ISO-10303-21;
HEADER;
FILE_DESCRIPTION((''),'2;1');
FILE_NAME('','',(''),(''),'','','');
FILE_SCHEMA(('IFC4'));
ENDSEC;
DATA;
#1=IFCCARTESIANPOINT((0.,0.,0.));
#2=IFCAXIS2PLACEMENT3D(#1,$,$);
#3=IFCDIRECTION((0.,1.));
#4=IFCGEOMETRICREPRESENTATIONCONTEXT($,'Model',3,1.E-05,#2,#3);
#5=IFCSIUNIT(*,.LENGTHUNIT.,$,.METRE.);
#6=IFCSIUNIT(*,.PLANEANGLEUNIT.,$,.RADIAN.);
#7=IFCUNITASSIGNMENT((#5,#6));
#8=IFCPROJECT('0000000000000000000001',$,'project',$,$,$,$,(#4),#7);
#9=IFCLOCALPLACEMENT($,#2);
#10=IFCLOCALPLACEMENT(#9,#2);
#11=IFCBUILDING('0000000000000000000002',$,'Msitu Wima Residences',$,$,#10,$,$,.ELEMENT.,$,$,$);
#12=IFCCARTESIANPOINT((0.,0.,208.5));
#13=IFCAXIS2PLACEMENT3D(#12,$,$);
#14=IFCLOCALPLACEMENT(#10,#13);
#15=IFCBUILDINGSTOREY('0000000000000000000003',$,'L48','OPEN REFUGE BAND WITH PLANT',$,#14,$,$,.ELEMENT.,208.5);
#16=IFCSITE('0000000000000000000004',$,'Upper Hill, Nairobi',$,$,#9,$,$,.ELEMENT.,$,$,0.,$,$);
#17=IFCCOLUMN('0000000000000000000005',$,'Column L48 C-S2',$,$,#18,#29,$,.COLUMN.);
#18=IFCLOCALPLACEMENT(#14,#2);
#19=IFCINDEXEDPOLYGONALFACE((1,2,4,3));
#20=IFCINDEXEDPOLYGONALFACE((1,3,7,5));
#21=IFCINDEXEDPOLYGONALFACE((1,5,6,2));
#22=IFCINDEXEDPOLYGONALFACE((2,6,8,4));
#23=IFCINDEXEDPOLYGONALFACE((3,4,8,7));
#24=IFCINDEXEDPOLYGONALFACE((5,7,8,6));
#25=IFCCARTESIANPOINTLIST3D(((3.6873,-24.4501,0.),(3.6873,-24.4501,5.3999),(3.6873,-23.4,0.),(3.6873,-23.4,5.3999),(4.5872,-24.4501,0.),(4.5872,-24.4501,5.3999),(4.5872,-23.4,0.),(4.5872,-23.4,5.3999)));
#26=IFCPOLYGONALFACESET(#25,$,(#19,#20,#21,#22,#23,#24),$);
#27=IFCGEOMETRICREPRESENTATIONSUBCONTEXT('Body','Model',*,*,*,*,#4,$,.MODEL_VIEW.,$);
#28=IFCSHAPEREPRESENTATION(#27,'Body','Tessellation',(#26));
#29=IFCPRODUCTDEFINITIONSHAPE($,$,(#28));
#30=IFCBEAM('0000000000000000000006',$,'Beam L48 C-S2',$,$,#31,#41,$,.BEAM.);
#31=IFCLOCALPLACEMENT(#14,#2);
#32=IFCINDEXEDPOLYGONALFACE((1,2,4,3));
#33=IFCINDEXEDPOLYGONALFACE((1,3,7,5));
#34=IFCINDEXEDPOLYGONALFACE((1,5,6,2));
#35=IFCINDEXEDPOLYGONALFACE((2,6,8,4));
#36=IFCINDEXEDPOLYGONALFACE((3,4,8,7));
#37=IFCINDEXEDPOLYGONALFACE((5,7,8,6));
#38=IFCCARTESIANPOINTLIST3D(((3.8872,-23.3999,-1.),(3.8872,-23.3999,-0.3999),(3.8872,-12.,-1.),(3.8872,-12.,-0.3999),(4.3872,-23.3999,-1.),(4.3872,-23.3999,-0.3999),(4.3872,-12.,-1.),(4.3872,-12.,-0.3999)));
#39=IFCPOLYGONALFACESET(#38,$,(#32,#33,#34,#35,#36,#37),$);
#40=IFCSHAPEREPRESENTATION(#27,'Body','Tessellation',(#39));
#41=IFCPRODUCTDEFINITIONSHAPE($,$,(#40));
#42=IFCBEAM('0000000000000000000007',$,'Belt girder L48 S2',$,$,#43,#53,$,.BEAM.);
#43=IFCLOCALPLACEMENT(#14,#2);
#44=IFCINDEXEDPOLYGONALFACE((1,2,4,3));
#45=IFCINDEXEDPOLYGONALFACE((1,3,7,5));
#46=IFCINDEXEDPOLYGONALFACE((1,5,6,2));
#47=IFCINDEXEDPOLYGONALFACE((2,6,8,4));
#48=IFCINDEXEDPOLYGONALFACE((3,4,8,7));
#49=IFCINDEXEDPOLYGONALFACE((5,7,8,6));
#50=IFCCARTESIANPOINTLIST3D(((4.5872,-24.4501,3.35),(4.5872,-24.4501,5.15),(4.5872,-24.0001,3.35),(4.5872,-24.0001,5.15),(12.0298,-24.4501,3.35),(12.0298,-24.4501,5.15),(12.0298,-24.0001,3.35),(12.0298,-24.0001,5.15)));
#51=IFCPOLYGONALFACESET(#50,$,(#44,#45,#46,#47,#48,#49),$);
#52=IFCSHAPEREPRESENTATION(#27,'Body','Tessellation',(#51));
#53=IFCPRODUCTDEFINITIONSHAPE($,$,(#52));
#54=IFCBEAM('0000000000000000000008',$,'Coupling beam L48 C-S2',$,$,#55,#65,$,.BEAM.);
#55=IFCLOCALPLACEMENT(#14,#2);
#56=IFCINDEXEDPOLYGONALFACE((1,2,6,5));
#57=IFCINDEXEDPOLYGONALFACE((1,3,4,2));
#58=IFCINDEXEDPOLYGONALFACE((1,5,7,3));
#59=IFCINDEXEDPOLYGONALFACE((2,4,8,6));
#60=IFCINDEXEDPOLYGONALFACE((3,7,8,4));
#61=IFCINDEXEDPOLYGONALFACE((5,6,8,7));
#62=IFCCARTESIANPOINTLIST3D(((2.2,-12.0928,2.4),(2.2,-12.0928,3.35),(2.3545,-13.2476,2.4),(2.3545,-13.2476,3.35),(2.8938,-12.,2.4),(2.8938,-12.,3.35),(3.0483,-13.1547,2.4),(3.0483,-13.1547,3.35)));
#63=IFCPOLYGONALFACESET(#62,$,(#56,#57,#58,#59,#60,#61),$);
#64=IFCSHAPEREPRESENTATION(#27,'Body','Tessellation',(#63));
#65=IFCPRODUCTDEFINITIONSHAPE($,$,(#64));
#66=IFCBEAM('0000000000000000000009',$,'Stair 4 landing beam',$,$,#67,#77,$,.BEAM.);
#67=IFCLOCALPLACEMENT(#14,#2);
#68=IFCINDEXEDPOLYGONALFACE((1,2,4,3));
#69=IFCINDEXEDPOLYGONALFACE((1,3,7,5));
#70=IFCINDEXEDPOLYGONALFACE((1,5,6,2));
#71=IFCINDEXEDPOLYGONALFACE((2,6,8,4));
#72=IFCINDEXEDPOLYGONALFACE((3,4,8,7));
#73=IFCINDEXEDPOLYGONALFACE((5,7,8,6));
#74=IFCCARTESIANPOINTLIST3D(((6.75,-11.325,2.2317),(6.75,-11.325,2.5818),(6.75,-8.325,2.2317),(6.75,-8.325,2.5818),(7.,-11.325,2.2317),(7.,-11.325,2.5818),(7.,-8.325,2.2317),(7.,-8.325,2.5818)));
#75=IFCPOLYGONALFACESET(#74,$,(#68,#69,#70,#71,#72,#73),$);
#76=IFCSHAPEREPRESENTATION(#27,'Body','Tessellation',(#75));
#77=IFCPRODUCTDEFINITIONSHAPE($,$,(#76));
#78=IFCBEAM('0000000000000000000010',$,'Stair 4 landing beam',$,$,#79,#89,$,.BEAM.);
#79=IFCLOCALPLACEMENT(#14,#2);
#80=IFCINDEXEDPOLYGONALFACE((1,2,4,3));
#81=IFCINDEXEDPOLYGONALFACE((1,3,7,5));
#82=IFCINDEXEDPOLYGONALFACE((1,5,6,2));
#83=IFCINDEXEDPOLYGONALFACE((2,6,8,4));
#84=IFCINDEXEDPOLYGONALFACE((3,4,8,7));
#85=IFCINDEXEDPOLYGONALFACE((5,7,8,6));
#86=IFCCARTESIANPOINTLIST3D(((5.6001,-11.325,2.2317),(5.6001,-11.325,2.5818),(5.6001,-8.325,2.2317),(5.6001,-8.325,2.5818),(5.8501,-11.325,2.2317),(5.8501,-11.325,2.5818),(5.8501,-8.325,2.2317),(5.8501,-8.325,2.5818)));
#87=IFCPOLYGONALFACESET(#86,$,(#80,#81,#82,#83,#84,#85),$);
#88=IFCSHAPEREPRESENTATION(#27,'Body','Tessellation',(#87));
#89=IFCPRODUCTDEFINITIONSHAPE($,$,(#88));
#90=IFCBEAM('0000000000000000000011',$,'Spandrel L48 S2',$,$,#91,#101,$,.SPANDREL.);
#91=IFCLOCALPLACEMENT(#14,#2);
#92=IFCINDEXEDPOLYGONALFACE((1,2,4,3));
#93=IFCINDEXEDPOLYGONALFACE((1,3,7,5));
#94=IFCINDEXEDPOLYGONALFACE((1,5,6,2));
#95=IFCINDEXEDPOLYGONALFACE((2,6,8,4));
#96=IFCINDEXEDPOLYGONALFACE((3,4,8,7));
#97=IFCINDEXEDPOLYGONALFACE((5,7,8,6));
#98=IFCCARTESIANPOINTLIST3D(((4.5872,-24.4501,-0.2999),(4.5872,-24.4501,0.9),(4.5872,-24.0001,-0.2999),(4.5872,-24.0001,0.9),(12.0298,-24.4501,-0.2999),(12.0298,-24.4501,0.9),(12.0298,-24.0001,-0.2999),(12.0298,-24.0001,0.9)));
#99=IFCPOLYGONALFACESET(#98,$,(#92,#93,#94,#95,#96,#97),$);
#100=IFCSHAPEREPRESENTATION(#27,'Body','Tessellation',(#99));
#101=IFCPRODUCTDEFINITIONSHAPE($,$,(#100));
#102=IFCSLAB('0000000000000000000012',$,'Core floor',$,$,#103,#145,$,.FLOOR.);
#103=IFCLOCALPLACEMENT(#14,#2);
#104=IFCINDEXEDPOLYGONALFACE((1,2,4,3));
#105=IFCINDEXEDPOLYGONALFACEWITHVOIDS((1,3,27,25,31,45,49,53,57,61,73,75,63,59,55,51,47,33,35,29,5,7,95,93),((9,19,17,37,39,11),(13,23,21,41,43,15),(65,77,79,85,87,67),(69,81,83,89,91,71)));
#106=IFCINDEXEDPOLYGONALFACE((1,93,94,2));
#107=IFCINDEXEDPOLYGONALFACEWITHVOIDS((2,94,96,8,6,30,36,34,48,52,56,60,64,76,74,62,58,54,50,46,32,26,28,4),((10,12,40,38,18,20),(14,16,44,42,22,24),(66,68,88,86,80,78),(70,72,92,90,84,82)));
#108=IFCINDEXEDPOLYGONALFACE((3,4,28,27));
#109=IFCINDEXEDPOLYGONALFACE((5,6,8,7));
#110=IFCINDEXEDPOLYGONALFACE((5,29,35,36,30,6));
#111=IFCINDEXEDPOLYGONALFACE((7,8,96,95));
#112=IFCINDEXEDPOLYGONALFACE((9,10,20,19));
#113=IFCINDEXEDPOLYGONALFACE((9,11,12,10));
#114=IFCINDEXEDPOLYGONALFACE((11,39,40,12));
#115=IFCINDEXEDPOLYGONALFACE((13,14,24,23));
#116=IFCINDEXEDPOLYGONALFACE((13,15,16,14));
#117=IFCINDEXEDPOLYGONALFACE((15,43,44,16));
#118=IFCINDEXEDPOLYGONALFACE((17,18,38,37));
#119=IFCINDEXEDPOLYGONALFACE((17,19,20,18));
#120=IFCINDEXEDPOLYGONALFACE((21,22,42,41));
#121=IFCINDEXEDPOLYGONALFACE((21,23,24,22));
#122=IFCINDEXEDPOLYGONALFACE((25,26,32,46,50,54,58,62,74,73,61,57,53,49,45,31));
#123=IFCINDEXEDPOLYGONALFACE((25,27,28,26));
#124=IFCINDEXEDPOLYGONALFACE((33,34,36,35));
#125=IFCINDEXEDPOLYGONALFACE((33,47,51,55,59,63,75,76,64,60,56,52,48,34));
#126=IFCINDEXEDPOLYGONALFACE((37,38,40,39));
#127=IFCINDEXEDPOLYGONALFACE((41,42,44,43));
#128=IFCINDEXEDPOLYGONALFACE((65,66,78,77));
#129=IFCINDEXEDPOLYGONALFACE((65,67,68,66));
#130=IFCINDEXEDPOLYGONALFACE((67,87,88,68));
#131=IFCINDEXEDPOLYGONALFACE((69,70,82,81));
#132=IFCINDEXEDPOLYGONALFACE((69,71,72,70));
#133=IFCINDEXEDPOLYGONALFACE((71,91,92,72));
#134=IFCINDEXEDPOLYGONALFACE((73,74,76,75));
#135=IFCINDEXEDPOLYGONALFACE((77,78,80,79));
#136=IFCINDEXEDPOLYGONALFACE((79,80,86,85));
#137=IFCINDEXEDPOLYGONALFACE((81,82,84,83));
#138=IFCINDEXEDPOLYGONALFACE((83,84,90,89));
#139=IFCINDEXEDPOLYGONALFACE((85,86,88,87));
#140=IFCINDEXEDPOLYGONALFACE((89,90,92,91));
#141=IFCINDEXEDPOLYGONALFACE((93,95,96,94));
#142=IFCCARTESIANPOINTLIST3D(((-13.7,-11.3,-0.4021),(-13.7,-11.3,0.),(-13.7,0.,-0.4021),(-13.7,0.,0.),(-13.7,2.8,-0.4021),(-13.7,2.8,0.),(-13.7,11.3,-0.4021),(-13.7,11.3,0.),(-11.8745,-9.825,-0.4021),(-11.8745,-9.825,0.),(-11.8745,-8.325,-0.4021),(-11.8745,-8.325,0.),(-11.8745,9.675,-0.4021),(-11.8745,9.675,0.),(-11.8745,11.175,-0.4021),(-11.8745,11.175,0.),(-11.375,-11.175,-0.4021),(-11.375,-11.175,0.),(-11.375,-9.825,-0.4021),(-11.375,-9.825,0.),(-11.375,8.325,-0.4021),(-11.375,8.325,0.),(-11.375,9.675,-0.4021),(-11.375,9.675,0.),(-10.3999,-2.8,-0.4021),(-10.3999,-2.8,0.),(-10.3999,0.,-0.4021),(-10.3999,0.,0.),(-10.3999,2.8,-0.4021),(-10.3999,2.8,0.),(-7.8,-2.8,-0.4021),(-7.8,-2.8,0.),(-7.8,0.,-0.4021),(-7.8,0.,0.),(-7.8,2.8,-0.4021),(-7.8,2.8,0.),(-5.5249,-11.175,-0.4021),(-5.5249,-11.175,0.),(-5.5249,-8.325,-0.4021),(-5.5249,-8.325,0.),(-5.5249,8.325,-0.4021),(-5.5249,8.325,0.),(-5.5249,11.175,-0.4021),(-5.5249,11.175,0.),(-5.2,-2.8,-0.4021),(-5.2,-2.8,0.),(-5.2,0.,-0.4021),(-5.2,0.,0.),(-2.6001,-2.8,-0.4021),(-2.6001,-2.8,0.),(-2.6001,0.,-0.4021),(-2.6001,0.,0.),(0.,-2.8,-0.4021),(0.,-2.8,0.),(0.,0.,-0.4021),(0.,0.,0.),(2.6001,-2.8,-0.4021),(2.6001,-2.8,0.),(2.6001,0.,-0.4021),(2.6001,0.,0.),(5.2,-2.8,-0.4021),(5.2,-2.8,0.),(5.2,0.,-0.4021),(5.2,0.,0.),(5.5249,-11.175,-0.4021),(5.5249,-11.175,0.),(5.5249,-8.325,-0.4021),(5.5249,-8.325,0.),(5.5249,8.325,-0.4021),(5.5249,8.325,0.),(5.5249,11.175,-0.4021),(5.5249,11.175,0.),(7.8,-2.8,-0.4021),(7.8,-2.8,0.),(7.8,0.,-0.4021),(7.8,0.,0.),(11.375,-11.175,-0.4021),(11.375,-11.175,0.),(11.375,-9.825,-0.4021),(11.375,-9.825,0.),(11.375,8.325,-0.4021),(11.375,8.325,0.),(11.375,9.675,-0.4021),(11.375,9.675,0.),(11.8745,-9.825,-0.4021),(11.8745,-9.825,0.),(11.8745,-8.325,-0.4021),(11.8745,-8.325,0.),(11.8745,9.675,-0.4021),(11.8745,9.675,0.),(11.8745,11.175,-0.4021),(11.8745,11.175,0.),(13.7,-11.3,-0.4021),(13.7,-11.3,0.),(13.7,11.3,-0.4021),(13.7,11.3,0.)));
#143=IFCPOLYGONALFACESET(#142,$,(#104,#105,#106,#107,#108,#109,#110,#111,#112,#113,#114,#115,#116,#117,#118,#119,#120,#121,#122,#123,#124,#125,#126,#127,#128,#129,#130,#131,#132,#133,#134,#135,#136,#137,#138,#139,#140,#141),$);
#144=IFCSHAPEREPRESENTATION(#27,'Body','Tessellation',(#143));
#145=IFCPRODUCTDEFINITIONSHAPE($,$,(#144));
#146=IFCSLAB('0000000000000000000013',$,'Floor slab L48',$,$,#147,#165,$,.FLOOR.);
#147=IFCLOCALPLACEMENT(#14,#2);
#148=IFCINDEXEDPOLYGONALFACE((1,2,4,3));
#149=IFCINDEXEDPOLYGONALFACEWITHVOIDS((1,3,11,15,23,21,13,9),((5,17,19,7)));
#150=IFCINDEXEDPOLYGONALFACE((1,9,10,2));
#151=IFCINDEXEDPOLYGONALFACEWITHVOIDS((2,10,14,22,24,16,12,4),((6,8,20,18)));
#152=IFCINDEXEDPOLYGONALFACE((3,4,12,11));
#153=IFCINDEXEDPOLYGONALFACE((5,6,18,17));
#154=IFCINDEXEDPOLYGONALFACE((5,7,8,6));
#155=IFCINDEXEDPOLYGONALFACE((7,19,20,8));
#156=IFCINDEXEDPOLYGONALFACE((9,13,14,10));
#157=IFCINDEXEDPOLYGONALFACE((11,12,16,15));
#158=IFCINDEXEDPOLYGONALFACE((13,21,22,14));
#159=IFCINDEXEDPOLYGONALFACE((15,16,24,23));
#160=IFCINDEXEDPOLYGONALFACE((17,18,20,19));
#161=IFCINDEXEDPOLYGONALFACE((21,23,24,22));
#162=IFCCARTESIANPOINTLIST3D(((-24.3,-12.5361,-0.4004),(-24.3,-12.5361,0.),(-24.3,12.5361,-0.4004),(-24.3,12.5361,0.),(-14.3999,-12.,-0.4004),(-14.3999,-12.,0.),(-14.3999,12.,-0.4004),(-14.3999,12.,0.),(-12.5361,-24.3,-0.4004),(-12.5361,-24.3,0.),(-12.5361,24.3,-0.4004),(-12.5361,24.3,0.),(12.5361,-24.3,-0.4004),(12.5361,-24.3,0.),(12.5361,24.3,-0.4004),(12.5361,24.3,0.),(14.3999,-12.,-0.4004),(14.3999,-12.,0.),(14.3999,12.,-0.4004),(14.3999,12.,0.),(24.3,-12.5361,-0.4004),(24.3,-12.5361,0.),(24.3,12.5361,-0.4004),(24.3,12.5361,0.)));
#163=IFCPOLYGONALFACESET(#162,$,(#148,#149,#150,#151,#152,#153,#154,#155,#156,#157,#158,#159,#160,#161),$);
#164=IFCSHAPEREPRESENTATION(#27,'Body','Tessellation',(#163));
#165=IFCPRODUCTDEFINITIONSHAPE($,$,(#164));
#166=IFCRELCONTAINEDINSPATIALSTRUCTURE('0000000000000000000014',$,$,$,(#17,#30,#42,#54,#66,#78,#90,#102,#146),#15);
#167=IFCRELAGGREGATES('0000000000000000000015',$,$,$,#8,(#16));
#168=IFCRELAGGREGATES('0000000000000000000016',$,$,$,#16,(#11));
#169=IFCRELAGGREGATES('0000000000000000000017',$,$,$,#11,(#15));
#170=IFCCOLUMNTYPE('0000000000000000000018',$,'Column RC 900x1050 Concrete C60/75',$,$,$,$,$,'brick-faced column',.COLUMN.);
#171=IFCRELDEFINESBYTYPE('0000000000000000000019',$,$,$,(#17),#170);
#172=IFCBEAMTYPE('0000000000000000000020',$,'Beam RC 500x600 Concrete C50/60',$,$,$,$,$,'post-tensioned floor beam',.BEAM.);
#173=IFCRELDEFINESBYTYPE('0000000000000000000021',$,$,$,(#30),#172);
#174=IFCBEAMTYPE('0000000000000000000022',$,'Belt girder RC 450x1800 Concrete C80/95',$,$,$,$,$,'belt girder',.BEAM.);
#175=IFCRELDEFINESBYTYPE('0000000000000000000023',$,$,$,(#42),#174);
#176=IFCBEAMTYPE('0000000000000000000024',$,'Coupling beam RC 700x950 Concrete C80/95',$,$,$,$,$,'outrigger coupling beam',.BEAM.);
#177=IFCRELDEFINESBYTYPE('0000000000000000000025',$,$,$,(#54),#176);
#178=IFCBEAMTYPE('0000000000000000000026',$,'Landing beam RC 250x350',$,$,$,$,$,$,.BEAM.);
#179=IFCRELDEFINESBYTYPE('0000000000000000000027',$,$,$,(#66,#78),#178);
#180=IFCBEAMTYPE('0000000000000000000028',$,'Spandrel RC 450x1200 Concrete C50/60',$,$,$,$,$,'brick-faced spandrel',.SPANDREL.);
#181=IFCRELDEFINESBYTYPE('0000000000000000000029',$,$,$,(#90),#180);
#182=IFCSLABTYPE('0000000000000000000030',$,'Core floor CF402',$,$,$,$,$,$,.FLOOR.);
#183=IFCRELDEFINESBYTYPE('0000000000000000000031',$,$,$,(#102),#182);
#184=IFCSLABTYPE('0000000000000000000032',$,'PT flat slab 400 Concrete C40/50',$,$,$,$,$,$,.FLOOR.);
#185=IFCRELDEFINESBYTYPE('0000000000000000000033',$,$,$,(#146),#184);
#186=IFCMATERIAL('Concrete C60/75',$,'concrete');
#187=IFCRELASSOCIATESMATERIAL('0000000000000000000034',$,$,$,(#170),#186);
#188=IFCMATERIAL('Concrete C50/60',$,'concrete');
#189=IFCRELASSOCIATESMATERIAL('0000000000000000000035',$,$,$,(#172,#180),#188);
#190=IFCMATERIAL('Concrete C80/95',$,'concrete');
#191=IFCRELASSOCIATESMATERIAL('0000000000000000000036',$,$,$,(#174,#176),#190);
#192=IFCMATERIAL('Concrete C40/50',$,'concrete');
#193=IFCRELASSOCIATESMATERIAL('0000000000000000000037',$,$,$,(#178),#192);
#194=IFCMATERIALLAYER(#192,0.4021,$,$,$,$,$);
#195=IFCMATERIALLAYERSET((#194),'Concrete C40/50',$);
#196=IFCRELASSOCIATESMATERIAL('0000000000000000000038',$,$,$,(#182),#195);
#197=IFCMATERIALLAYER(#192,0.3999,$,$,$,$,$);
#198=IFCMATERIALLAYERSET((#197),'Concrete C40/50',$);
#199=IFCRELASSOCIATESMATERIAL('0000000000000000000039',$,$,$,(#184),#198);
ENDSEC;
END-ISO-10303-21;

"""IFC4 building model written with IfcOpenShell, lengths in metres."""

from ifc_helpers import new_model, si_unit, direction, frame, origin, origin_2d, place, context, subcontext, project, spatial, polyline, rectangle, outline, extrude, material, layer, layer_set, material_profile, profile_set, type_object, element, save


model = new_model("IFC4")

# Units and contexts
model_context = context("Model", 3, precision=1e-05, world=origin(), true_north=direction((0.0, 1.0)))
body_context = subcontext(model_context, "Body", "Model", "MODEL_VIEW")
ifc_project = project(units=[si_unit("LENGTHUNIT", "METRE"), si_unit("PLANEANGLEUNIT", "RADIAN")], contexts=[model_context])

# Site, building, storey
site_placement = place(None, origin())
site = spatial("IfcSite", under=ifc_project, at=site_placement, Name="Upper Hill, Nairobi", CompositionType="ELEMENT", RefElevation=0.0)
building_placement = place(site_placement, origin())
building = spatial("IfcBuilding", under=site, at=building_placement, Name="Msitu Wima Residences", CompositionType="ELEMENT")
storey_placement = place(building_placement, frame((0.0, 0.0, 208.5)))
storey = spatial("IfcBuildingStorey", under=building, at=storey_placement, Name="L48", Description="OPEN REFUGE BAND WITH PLANT", CompositionType="ELEMENT", Elevation=208.5)

# Column
ifc_material_1 = material(Name="Concrete C60/75", Category="concrete")
ifc_material_profile_1 = material_profile(ifc_material_1, rectangle(XDim=0.8999, YDim=1.05, at=origin_2d()), Name="RC 900x1050")
ifc_profile_set_1 = profile_set([ifc_material_profile_1], Name="Concrete C60/75")
column_type = type_object("IfcColumnType", Name="Column RC 900x1050 Concrete C60/75", ElementType="brick-faced column", PredefinedType="COLUMN", material=ifc_profile_set_1)
column_placement = place(storey_placement, frame((4.1372, -23.925, 0.0), z_axis=(0.0, 0.0, 1.0), x_axis=(1.0, 0.0, 0.0)))
element("IfcColumn", 1, at=column_placement, inside=storey, type_object=column_type, Name="Column L48 C-S2", PredefinedType="COLUMN", context=body_context, shape_type="SweptSolid", body=[
    extrude(rectangle(XDim=0.8999, YDim=1.05, at=origin_2d()), origin(), (0.0, 0.0, 1.0), 5.3999),
])

# Beams
ifc_material_2 = material(Name="Concrete C50/60", Category="concrete")
ifc_material_profile_2 = material_profile(ifc_material_2, rectangle(XDim=0.5, YDim=0.6001, at=origin_2d()), Name="RC 500x600")
ifc_profile_set_2 = profile_set([ifc_material_profile_2], Name="Concrete C50/60")
beam_type_1 = type_object("IfcBeamType", Name="Beam RC 500x600 Concrete C50/60", ElementType="post-tensioned floor beam", PredefinedType="BEAM", material=ifc_profile_set_2)
beam_1_placement = place(storey_placement, frame((4.1372, -23.3999, -0.7), z_axis=(0.0, 1.0, 0.0), x_axis=(-1.0, 0.0, 0.0)))
element("IfcBeam", 2, at=beam_1_placement, inside=storey, type_object=beam_type_1, Name="Beam L48 C-S2", PredefinedType="BEAM", context=body_context, shape_type="SweptSolid", body=[
    extrude(rectangle(XDim=0.5, YDim=0.6001, at=origin_2d()), origin(), (0.0, 0.0, 1.0), 11.3999),
])
ifc_material_3 = material(Name="Concrete C80/95", Category="concrete")
ifc_material_profile_3 = material_profile(ifc_material_3, rectangle(XDim=0.45, YDim=1.8, at=origin_2d()), Name="RC 450x1800")
ifc_profile_set_3 = profile_set([ifc_material_profile_3], Name="Concrete C80/95")
beam_type_2 = type_object("IfcBeamType", Name="Belt girder RC 450x1800 Concrete C80/95", ElementType="belt girder", PredefinedType="BEAM", material=ifc_profile_set_3)
beam_2_placement = place(storey_placement, frame((4.5872, -24.2251, 4.25), z_axis=(1.0, 0.0, 0.0), x_axis=(0.0, 1.0, 0.0)))
element("IfcBeam", 3, at=beam_2_placement, inside=storey, type_object=beam_type_2, Name="Belt girder L48 S2", PredefinedType="BEAM", context=body_context, shape_type="SweptSolid", body=[
    extrude(rectangle(XDim=0.45, YDim=1.8, at=origin_2d()), origin(), (0.0, 0.0, 1.0), 7.4426),
])
ifc_material_profile_4 = material_profile(ifc_material_3, rectangle(XDim=0.7, YDim=0.95, at=origin_2d()), Name="RC 700x950")
ifc_profile_set_4 = profile_set([ifc_material_profile_4], Name="Concrete C80/95")
beam_type_3 = type_object("IfcBeamType", Name="Coupling beam RC 700x950 Concrete C80/95", ElementType="outrigger coupling beam", PredefinedType="BEAM", material=ifc_profile_set_4)
beam_3_placement = place(storey_placement, frame((2.5469, -12.0464, 2.875), z_axis=(0.132644, -0.991164, 0.0), x_axis=(0.991164, 0.132644, 0.0)))
element("IfcBeam", 4, at=beam_3_placement, inside=storey, type_object=beam_type_3, Name="Coupling beam L48 C-S2", PredefinedType="BEAM", context=body_context, shape_type="SweptSolid", body=[
    extrude(rectangle(XDim=0.7, YDim=0.95, at=origin_2d()), origin(), (0.0, 0.0, 1.0), 1.165),
])
ifc_material_4 = material(Name="Concrete C40/50", Category="concrete")
ifc_material_profile_5 = material_profile(ifc_material_4, rectangle(XDim=0.25, YDim=0.3501, at=origin_2d()), Name="RC 250x350")
ifc_profile_set_5 = profile_set([ifc_material_profile_5], Name="Concrete C40/50")
beam_type_4 = type_object("IfcBeamType", Name="Landing beam RC 250x350", PredefinedType="BEAM", material=ifc_profile_set_5)
for number, where, z_axis, x_axis, name in (
    (5, (6.875, -11.325, 2.4067), (0.0, 1.0, 0.0), (-1.0, 0.0, 0.0), "Stair 4 landing beam"),
    (6, (5.7251, -11.325, 2.4067), (0.0, 1.0, 0.0), (-1.0, 0.0, 0.0), "Stair 4 landing beam"),
):
    element("IfcBeam", number, at=place(storey_placement, frame(where, z_axis=z_axis, x_axis=x_axis)), inside=storey, type_object=beam_type_4, Name=name, PredefinedType="BEAM", context=body_context, shape_type="SweptSolid", body=[
        extrude(rectangle(XDim=0.25, YDim=0.3501, at=origin_2d()), origin(), (0.0, 0.0, 1.0), 3.0),
    ])
ifc_material_profile_6 = material_profile(ifc_material_2, rectangle(XDim=0.45, YDim=1.2, at=origin_2d()), Name="RC 450x1200")
ifc_profile_set_6 = profile_set([ifc_material_profile_6], Name="Concrete C50/60")
beam_type_5 = type_object("IfcBeamType", Name="Spandrel RC 450x1200 Concrete C50/60", ElementType="brick-faced spandrel", PredefinedType="SPANDREL", material=ifc_profile_set_6)
beam_4_placement = place(storey_placement, frame((4.5872, -24.2251, 0.3), z_axis=(1.0, 0.0, 0.0), x_axis=(0.0, 1.0, 0.0)))
element("IfcBeam", 7, at=beam_4_placement, inside=storey, type_object=beam_type_5, Name="Spandrel L48 S2", PredefinedType="SPANDREL", context=body_context, shape_type="SweptSolid", body=[
    extrude(rectangle(XDim=0.45, YDim=1.2, at=origin_2d()), origin(), (0.0, 0.0, 1.0), 7.4426),
])

# Slabs
ifc_layer_1 = layer(ifc_material_4, 0.4021)
ifc_layer_set_1 = layer_set([ifc_layer_1], Name="Concrete C40/50")
slab_type_1 = type_object("IfcSlabType", Name="Core floor CF402", PredefinedType="FLOOR", material=ifc_layer_set_1)
slab_1_placement = place(storey_placement, frame((0.0, 0.0, -0.4021)))
element("IfcSlab", 8, at=slab_1_placement, inside=storey, type_object=slab_type_1, Name="Core floor", PredefinedType="FLOOR", context=body_context, shape_type="SweptSolid", body=[
    extrude(outline(polyline([(-13.7, 11.3), (-13.7, 2.8), (-10.3999, 2.8), (-7.8, 2.8), (-7.8, 0.0), (-5.2, 0.0), (-2.6001, 0.0), (0.0, 0.0), (2.6001, 0.0), (5.2, 0.0), (7.8, 0.0), (7.8, -2.8), (5.2, -2.8), (2.6001, -2.8), (0.0, -2.8), (-2.6001, -2.8), (-5.2, -2.8), (-7.8, -2.8), (-10.3999, -2.8), (-10.3999, 0.0), (-13.7, 0.0), (-13.7, -11.3), (13.7, -11.3), (13.7, 11.3), (-13.7, 11.3)]), holes=[polyline([(-11.375, -11.175), (-11.375, -9.825), (-11.8745, -9.825), (-11.8745, -8.325), (-5.5249, -8.325), (-5.5249, -11.175), (-11.375, -11.175)]), polyline([(-11.375, 8.325), (-11.375, 9.675), (-11.8745, 9.675), (-11.8745, 11.175), (-5.5249, 11.175), (-5.5249, 8.325), (-11.375, 8.325)]), polyline([(11.375, -9.825), (11.375, -11.175), (5.5249, -11.175), (5.5249, -8.325), (11.8745, -8.325), (11.8745, -9.825), (11.375, -9.825)]), polyline([(11.375, 9.675), (11.375, 8.325), (5.5249, 8.325), (5.5249, 11.175), (11.8745, 11.175), (11.8745, 9.675), (11.375, 9.675)])]), origin(), (0.0, 0.0, 1.0), 0.4021),
])
ifc_layer_2 = layer(ifc_material_4, 0.3999)
ifc_layer_set_2 = layer_set([ifc_layer_2], Name="Concrete C40/50")
slab_type_2 = type_object("IfcSlabType", Name="PT flat slab 400 Concrete C40/50", PredefinedType="FLOOR", material=ifc_layer_set_2)
slab_2_placement = place(storey_placement, frame((0.0, 0.0, -0.4004)))
element("IfcSlab", 9, at=slab_2_placement, inside=storey, type_object=slab_type_2, Name="Floor slab L48", PredefinedType="FLOOR", context=body_context, shape_type="SweptSolid", body=[
    extrude(outline(polyline([(24.3, -12.5361), (12.5361, -24.3), (-12.5361, -24.3), (-24.3, -12.5361), (-24.3, 12.5361), (-12.5361, 24.3), (12.5361, 24.3), (24.3, 12.5361), (24.3, -12.5361)]), holes=[polyline([(-14.3999, -12.0), (14.3999, -12.0), (14.3999, 12.0), (-14.3999, 12.0), (-14.3999, -12.0)])]), origin(), (0.0, 0.0, 1.0), 0.4004),
])

save(model, "model.ifc")
